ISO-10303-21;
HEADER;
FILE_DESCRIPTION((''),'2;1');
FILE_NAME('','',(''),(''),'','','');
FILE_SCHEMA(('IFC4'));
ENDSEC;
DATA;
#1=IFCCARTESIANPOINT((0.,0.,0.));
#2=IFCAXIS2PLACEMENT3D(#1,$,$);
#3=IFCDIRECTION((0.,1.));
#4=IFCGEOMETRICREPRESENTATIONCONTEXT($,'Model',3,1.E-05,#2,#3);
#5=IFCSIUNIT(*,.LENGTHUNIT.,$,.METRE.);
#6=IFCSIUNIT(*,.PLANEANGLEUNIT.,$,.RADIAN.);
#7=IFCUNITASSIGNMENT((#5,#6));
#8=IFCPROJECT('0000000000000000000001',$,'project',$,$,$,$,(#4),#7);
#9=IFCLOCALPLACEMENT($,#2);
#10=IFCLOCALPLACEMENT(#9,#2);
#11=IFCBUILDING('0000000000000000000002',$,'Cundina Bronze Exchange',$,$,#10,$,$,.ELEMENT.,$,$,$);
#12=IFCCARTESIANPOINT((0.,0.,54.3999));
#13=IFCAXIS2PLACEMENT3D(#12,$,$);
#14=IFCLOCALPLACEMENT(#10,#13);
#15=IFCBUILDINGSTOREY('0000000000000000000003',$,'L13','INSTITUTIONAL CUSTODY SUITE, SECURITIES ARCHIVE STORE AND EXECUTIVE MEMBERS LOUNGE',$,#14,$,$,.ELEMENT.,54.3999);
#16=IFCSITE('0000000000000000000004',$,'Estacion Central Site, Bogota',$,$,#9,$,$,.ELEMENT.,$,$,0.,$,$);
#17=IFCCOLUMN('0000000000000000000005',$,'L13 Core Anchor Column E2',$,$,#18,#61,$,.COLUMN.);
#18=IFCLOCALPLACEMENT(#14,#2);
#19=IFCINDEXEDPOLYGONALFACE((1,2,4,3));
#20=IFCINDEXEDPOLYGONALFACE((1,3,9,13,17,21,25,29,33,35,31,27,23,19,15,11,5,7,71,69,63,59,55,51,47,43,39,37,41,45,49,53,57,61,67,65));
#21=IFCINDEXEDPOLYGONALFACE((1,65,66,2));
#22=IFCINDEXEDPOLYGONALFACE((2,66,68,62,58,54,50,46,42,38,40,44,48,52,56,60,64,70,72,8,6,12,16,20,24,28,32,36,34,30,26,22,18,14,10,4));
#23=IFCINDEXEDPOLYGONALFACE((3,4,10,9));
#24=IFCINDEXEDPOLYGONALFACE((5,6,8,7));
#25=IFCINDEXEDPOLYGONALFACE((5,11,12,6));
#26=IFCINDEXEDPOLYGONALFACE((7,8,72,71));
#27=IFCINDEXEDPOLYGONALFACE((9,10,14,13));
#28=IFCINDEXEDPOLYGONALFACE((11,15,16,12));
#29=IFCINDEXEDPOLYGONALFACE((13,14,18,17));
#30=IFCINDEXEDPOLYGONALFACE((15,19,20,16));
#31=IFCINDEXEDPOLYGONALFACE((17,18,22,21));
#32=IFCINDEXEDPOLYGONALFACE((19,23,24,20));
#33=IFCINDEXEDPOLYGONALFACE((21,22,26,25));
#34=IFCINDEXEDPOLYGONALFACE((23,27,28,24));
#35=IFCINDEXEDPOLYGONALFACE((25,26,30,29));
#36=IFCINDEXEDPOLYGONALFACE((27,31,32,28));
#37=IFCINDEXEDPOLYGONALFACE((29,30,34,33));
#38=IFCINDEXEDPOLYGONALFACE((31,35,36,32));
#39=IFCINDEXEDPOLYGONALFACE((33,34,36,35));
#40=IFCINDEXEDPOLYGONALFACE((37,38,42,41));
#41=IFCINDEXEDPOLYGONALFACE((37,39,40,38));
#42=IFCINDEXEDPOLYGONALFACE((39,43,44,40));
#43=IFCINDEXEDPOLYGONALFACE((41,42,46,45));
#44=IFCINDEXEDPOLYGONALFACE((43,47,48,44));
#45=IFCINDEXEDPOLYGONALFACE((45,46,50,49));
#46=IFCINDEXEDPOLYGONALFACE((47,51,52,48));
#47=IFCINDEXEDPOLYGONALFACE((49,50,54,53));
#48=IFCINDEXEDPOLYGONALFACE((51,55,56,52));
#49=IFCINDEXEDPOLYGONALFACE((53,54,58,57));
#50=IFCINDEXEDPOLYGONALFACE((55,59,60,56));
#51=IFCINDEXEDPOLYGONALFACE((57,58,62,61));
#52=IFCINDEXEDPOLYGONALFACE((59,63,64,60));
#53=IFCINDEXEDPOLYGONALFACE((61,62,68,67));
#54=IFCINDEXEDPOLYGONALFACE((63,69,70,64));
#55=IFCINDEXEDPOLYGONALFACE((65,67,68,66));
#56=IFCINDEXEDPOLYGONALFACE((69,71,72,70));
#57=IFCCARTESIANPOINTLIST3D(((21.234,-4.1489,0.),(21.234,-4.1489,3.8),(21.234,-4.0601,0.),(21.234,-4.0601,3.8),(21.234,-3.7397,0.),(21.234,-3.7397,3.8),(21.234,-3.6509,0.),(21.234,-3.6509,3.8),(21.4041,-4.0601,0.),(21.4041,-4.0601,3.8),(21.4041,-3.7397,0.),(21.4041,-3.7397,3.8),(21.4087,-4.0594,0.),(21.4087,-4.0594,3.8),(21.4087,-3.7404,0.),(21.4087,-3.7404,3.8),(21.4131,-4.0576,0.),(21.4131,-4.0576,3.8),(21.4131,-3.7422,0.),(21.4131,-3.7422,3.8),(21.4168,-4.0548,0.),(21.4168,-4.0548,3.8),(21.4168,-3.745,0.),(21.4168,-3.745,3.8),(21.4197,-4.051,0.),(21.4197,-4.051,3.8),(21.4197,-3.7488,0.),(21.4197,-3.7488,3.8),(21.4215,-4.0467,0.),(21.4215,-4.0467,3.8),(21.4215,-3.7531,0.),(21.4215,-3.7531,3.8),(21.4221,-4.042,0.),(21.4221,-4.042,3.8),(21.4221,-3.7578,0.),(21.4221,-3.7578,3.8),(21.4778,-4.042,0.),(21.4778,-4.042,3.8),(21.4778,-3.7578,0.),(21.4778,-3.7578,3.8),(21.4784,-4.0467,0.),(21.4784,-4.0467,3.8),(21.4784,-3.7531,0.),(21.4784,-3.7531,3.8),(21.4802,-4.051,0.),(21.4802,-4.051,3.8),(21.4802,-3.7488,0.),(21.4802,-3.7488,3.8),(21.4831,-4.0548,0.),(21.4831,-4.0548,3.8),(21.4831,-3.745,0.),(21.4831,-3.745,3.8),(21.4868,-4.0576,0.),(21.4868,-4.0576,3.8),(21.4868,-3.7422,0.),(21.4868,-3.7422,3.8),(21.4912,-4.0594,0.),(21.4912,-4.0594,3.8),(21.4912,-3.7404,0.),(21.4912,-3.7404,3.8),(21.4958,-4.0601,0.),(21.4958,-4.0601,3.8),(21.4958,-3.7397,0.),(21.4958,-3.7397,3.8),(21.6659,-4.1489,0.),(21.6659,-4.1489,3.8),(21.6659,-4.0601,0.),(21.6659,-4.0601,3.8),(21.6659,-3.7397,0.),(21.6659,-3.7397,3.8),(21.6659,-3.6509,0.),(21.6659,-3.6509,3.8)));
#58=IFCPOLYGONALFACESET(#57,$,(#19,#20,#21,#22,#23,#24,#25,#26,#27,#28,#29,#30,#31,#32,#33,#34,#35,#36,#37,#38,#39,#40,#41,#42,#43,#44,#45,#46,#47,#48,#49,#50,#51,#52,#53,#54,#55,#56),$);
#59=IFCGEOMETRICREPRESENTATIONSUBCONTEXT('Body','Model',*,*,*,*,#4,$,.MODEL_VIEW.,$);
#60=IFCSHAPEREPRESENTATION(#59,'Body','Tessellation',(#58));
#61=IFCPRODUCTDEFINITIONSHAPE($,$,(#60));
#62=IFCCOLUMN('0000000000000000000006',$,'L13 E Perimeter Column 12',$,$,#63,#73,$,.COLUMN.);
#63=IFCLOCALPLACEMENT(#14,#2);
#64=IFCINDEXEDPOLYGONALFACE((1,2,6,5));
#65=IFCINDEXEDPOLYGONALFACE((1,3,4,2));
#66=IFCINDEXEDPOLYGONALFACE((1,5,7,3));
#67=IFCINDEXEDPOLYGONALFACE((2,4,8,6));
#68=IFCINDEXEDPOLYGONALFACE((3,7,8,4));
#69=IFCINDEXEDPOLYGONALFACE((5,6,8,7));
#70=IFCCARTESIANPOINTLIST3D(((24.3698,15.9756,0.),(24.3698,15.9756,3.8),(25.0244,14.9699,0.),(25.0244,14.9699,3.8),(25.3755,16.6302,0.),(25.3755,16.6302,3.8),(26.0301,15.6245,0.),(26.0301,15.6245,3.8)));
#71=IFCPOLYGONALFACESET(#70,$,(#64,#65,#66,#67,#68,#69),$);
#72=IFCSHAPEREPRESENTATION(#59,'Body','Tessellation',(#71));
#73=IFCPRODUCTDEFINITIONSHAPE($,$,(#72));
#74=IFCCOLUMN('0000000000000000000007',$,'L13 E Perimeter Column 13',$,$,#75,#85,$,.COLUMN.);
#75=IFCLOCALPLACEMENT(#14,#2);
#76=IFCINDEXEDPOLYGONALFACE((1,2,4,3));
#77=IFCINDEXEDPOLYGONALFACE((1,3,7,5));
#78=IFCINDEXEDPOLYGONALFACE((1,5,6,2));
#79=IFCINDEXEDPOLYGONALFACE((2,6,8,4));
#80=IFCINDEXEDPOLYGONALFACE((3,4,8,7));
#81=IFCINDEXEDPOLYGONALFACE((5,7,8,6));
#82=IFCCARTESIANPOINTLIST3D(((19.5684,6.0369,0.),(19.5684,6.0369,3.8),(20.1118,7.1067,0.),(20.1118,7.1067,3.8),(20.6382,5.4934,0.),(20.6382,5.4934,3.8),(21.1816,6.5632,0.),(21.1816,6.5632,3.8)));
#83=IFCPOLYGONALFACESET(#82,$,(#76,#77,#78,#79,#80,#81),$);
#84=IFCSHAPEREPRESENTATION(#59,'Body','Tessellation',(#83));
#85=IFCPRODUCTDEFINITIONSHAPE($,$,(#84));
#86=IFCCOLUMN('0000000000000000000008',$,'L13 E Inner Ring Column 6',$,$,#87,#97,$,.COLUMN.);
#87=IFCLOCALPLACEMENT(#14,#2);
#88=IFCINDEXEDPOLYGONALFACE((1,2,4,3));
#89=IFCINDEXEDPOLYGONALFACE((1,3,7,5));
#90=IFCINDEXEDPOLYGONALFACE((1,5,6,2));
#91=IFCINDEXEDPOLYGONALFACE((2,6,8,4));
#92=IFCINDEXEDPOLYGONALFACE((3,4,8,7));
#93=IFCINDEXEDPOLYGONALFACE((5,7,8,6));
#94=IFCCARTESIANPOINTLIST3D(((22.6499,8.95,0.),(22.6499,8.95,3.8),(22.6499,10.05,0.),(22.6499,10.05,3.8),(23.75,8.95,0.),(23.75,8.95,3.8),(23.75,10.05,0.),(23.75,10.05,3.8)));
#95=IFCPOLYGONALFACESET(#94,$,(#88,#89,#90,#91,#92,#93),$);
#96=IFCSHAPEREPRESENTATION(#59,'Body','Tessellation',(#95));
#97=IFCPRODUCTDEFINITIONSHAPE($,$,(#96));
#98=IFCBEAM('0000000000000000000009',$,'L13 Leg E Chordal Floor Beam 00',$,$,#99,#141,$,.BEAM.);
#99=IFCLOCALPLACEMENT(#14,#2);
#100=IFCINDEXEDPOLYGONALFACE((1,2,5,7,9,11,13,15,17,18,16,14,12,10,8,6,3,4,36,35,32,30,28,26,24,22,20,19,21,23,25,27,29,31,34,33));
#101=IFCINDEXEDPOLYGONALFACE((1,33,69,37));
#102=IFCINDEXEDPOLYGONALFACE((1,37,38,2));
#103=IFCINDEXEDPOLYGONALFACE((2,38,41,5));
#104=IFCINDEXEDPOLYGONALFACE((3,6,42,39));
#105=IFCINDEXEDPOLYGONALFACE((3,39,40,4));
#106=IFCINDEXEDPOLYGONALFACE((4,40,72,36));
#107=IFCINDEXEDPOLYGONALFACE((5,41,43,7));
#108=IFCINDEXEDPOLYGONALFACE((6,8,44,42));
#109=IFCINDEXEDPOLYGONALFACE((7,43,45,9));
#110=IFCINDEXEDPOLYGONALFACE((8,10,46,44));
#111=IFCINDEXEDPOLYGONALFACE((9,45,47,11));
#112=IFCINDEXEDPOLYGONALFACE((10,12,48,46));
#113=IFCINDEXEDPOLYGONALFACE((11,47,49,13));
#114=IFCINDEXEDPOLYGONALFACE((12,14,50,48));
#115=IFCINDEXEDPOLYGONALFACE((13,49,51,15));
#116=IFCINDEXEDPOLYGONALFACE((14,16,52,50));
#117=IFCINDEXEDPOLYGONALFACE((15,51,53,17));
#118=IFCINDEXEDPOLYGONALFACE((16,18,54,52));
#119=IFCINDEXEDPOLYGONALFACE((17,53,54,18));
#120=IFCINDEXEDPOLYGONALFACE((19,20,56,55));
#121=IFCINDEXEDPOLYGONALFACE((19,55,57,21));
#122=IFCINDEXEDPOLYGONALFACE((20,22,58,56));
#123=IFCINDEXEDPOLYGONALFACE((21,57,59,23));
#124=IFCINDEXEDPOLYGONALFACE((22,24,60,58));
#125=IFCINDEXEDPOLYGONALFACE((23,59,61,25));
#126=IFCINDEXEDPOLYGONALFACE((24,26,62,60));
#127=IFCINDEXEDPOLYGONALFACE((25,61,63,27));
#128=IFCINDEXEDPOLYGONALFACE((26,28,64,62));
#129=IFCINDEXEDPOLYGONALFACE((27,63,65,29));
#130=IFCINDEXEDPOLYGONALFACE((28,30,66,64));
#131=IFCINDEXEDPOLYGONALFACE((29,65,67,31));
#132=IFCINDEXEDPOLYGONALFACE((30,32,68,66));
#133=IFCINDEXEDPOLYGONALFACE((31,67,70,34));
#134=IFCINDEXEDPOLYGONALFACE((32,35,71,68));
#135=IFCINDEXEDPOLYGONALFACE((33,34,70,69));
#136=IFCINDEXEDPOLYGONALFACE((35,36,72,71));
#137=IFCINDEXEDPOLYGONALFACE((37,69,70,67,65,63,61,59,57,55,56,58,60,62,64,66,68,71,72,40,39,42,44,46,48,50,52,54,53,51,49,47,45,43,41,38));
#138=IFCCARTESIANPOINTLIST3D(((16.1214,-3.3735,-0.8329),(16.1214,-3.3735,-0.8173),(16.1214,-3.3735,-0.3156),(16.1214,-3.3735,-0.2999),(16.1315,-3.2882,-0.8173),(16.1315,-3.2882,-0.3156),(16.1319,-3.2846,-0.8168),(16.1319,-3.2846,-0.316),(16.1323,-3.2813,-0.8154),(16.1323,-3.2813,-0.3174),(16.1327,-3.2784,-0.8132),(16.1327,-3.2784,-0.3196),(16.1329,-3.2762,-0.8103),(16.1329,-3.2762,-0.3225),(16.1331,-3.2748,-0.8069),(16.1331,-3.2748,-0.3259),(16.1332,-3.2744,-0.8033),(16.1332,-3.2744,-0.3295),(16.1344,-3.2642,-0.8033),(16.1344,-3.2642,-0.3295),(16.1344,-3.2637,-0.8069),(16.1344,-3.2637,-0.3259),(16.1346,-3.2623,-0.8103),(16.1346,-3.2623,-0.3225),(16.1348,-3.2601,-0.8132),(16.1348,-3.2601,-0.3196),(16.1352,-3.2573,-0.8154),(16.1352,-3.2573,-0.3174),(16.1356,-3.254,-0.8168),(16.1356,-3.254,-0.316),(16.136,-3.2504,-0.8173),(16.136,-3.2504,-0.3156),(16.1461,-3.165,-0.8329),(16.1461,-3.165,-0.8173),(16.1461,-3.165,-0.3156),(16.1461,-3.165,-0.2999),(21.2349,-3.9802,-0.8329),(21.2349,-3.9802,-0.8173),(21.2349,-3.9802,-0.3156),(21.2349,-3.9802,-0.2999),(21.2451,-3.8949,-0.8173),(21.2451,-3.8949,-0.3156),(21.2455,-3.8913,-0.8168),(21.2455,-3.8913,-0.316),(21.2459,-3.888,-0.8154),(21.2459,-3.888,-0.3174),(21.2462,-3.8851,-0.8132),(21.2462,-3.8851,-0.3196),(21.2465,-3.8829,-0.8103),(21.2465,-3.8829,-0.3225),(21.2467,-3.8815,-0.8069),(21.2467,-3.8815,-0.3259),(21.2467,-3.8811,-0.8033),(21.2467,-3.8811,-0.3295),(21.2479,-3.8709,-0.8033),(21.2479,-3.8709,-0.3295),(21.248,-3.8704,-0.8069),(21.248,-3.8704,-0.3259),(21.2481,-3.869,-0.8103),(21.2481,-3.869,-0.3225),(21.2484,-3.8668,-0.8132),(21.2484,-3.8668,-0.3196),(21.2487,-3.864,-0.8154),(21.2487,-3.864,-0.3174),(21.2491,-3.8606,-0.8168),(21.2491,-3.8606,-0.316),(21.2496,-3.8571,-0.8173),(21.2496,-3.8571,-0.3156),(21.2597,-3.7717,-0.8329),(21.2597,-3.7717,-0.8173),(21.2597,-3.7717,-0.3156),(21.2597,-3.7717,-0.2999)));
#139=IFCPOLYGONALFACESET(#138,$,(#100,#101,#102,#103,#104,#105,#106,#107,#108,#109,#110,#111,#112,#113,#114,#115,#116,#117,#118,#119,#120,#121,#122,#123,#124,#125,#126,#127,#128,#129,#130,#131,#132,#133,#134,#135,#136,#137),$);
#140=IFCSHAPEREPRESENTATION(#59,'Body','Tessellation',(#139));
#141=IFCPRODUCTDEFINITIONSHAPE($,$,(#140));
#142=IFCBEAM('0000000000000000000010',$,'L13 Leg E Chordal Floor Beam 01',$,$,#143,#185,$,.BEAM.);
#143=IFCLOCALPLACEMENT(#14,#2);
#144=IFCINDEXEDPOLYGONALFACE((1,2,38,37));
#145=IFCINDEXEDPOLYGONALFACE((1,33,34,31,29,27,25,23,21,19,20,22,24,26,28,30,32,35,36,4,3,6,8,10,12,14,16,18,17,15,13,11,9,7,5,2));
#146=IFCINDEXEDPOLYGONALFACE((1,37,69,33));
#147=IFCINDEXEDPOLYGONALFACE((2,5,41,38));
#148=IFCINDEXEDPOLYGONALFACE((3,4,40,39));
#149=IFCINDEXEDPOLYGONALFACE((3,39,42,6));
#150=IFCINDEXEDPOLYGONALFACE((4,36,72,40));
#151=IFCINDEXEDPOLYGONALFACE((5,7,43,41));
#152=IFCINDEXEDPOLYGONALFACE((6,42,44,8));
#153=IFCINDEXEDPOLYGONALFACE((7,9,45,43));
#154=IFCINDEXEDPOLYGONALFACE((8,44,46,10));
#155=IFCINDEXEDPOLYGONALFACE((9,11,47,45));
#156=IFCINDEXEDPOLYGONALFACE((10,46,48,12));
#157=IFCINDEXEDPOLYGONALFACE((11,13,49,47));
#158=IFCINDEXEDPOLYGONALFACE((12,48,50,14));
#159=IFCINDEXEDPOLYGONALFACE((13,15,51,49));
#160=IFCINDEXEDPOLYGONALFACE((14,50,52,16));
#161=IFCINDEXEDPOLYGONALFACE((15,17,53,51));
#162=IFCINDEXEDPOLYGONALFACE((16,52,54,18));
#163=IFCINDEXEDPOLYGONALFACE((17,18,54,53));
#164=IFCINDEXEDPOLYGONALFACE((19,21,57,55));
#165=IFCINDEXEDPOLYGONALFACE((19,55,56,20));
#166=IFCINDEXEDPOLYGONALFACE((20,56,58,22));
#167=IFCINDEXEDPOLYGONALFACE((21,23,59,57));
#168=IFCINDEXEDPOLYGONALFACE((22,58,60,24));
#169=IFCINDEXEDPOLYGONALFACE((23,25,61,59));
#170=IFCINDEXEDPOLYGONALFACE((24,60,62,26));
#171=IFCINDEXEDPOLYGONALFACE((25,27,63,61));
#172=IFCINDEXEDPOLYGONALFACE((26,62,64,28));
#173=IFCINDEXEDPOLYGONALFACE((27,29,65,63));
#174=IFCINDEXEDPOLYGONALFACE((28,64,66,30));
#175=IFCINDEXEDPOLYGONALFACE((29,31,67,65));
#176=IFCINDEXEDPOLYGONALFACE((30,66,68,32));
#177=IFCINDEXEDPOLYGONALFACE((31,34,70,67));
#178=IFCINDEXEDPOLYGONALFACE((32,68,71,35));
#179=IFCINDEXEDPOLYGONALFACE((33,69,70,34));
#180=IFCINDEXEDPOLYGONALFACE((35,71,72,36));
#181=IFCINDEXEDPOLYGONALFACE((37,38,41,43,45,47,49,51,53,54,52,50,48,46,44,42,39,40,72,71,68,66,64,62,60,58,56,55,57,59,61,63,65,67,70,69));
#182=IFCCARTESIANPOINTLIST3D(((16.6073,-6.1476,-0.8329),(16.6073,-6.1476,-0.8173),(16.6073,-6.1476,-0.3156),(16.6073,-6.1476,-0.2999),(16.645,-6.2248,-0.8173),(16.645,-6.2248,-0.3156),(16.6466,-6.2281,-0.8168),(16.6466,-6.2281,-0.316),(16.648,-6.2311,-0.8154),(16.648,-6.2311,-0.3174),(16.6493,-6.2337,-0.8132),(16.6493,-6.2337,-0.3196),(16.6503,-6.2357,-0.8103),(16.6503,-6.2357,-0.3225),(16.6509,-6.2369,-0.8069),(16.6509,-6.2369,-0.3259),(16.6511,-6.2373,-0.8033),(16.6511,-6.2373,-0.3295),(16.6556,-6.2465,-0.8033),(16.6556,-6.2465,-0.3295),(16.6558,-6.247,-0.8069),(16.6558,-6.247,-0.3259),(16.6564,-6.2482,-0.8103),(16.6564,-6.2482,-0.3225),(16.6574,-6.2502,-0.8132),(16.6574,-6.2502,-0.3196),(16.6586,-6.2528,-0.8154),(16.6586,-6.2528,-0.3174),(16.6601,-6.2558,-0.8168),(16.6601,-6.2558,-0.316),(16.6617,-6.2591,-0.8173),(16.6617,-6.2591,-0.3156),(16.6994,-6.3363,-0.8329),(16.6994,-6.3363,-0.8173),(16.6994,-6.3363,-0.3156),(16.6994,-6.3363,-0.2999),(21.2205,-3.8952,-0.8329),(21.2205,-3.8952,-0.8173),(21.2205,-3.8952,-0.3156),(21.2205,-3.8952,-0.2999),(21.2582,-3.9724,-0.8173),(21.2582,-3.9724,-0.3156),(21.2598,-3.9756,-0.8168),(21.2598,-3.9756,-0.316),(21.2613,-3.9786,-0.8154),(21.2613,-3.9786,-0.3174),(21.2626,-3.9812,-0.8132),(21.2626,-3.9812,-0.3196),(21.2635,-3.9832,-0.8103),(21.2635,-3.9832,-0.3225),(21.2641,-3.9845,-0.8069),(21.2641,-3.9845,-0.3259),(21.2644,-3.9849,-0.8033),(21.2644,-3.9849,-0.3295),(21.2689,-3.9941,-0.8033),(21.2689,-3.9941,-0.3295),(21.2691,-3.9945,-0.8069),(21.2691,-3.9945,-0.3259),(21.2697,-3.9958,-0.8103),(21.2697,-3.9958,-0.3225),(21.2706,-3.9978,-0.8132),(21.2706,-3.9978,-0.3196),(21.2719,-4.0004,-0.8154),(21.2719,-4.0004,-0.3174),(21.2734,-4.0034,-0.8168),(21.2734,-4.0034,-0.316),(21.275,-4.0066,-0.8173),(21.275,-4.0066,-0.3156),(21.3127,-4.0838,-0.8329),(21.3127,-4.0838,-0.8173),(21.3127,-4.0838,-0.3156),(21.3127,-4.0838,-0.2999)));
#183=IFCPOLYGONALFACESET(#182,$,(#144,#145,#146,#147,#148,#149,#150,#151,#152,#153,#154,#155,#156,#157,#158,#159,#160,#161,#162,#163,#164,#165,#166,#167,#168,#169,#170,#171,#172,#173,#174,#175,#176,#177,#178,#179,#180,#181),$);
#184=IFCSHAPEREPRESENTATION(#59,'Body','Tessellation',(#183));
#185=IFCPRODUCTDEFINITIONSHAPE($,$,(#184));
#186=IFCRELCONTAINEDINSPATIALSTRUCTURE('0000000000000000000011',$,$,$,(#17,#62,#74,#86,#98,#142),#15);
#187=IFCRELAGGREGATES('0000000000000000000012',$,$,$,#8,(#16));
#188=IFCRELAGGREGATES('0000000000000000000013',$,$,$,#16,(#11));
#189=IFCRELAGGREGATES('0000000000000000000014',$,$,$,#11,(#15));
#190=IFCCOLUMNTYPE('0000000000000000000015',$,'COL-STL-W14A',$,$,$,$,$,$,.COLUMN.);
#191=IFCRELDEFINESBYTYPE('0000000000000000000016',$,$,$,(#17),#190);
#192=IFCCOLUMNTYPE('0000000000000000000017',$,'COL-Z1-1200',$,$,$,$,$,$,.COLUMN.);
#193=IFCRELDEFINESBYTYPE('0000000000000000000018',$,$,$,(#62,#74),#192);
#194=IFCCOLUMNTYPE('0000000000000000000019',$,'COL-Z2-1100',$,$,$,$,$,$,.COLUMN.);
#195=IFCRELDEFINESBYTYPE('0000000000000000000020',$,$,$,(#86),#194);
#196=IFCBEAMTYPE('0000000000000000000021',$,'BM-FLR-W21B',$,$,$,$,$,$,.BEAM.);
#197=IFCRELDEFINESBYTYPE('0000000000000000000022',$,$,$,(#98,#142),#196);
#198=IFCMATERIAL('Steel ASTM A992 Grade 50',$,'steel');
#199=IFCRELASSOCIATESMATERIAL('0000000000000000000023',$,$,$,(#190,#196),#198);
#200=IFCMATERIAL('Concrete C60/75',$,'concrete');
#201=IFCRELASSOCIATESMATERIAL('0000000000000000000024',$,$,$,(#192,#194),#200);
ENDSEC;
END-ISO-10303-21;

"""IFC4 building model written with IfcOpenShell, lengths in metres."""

from ifc_helpers import new_model, si_unit, direction, frame, origin, origin_2d, place, context, subcontext, project, spatial, rectangle, i_section, extrude, material, material_profile, profile_set, type_object, element, save


model = new_model("IFC4")

# Units and contexts
model_context = context("Model", 3, precision=1e-05, world=origin(), true_north=direction((0.0, 1.0)))
body_context = subcontext(model_context, "Body", "Model", "MODEL_VIEW")
ifc_project = project(units=[si_unit("LENGTHUNIT", "METRE"), si_unit("PLANEANGLEUNIT", "RADIAN")], contexts=[model_context])

# Site, building, storey
site_placement = place(None, origin())
site = spatial("IfcSite", under=ifc_project, at=site_placement, Name="Estacion Central Site, Bogota", CompositionType="ELEMENT", RefElevation=0.0)
building_placement = place(site_placement, origin())
building = spatial("IfcBuilding", under=site, at=building_placement, Name="Cundina Bronze Exchange", CompositionType="ELEMENT")
storey_placement = place(building_placement, frame((0.0, 0.0, 54.3999)))
storey = spatial("IfcBuildingStorey", under=building, at=storey_placement, Name="L13", Description="INSTITUTIONAL CUSTODY SUITE, SECURITIES ARCHIVE STORE AND EXECUTIVE MEMBERS LOUNGE", CompositionType="ELEMENT", Elevation=54.3999)

# Columns
ifc_material_1 = material(Name="Steel ASTM A992 Grade 50", Category="steel")
ifc_material_profile_1 = material_profile(ifc_material_1, i_section(OverallWidth=0.4319, OverallDepth=0.498, WebThickness=0.0557, FlangeThickness=0.0889, FilletRadius=0.0181, at=origin_2d()), Name="W14X500", Category="steel")
ifc_profile_set_1 = profile_set([ifc_material_profile_1], Name="Steel ASTM A992 Grade 50")
column_type_1 = type_object("IfcColumnType", Name="COL-STL-W14A", PredefinedType="COLUMN", material=ifc_profile_set_1)
column_1_placement = place(storey_placement, frame((21.45, -3.8999, 0.0), z_axis=(0.0, 0.0, 1.0), x_axis=(1.0, 0.0, 0.0)))
element("IfcColumn", 1, at=column_1_placement, inside=storey, type_object=column_type_1, Name="L13 Core Anchor Column E2", PredefinedType="COLUMN", context=body_context, shape_type="SweptSolid", body=[
    extrude(i_section(OverallWidth=0.4319, OverallDepth=0.498, WebThickness=0.0557, FlangeThickness=0.0889, FilletRadius=0.0181, at=origin_2d()), origin(), (0.0, 0.0, 1.0), 3.8),
])
ifc_material_2 = material(Name="Concrete C60/75", Category="concrete")
ifc_material_profile_2 = material_profile(ifc_material_2, rectangle(XDim=1.2, YDim=1.2, at=origin_2d()), Name="RC1200X1200", Category="concrete")
ifc_profile_set_2 = profile_set([ifc_material_profile_2], Name="Concrete C60/75")
column_type_2 = type_object("IfcColumnType", Name="COL-Z1-1200", PredefinedType="COLUMN", material=ifc_profile_set_2)
for number, where, z_axis, x_axis, name in (
    (2, (25.2, 15.8, 0.0), (0.0, 0.0, 1.0), (-0.8381, -0.545517, 0.0), "L13 E Perimeter Column 12"),
    (3, (20.375, 6.3, 0.0), (0.0, 0.0, 1.0), (-0.452902, -0.891561, 0.0), "L13 E Perimeter Column 13"),
):
    element("IfcColumn", number, at=place(storey_placement, frame(where, z_axis=z_axis, x_axis=x_axis)), inside=storey, type_object=column_type_2, Name=name, PredefinedType="COLUMN", context=body_context, shape_type="SweptSolid", body=[
        extrude(rectangle(XDim=1.2, YDim=1.2, at=origin_2d()), origin(), (0.0, 0.0, 1.0), 3.8),
    ])
ifc_material_profile_3 = material_profile(ifc_material_2, rectangle(XDim=1.1001, YDim=1.1001, at=origin_2d()), Name="RC1100X1100", Category="concrete")
ifc_profile_set_3 = profile_set([ifc_material_profile_3], Name="Concrete C60/75")
column_type_3 = type_object("IfcColumnType", Name="COL-Z2-1100", PredefinedType="COLUMN", material=ifc_profile_set_3)
column_2_placement = place(storey_placement, frame((23.2, 9.5, 0.0), z_axis=(0.0, 0.0, 1.0), x_axis=(1.0, 0.0, 0.0)))
element("IfcColumn", 4, at=column_2_placement, inside=storey, type_object=column_type_3, Name="L13 E Inner Ring Column 6", PredefinedType="COLUMN", context=body_context, shape_type="SweptSolid", body=[
    extrude(rectangle(XDim=1.1001, YDim=1.1001, at=origin_2d()), origin(), (0.0, 0.0, 1.0), 3.8),
])

# Beams
ifc_material_profile_4 = material_profile(ifc_material_1, i_section(OverallWidth=0.21, OverallDepth=0.533, WebThickness=0.0103, FlangeThickness=0.0156, FilletRadius=0.0139, at=origin_2d()), Name="W21X62", Category="steel")
ifc_profile_set_4 = profile_set([ifc_material_profile_4], Name="Steel ASTM A992 Grade 50")
beam_type_1 = type_object("IfcBeamType", Name="BM-FLR-W21B", PredefinedType="BEAM", material=ifc_profile_set_4)
beam_1_placement = place(storey_placement, frame((21.2473, -3.876, -0.5664), z_axis=(-0.993035, 0.117818, 0.0), x_axis=(-0.117818, -0.993035, 0.0)))
element("IfcBeam", 5, at=beam_1_placement, inside=storey, type_object=beam_type_1, Name="L13 Leg E Chordal Floor Beam 00", PredefinedType="BEAM", context=body_context, shape_type="SweptSolid", body=[
    extrude(i_section(OverallWidth=0.21, OverallDepth=0.533, WebThickness=0.0103, FlangeThickness=0.0156, FilletRadius=0.0139, at=origin_2d()), origin(), (0.0, 0.0, 1.0), 5.1494),
])
beam_2_placement = place(storey_placement, frame((21.2666, -3.9895, -0.5664), z_axis=(-0.89861, -0.438748, 0.0), x_axis=(0.438748, -0.89861, 0.0)))
element("IfcBeam", 6, at=beam_2_placement, inside=storey, type_object=beam_type_1, Name="L13 Leg E Chordal Floor Beam 01", PredefinedType="BEAM", context=body_context, shape_type="SweptSolid", body=[
    extrude(i_section(OverallWidth=0.21, OverallDepth=0.533, WebThickness=0.0103, FlangeThickness=0.0156, FilletRadius=0.0139, at=origin_2d()), origin(), (0.0, 0.0, 1.0), 5.1338),
])

save(model, "model.ifc")
